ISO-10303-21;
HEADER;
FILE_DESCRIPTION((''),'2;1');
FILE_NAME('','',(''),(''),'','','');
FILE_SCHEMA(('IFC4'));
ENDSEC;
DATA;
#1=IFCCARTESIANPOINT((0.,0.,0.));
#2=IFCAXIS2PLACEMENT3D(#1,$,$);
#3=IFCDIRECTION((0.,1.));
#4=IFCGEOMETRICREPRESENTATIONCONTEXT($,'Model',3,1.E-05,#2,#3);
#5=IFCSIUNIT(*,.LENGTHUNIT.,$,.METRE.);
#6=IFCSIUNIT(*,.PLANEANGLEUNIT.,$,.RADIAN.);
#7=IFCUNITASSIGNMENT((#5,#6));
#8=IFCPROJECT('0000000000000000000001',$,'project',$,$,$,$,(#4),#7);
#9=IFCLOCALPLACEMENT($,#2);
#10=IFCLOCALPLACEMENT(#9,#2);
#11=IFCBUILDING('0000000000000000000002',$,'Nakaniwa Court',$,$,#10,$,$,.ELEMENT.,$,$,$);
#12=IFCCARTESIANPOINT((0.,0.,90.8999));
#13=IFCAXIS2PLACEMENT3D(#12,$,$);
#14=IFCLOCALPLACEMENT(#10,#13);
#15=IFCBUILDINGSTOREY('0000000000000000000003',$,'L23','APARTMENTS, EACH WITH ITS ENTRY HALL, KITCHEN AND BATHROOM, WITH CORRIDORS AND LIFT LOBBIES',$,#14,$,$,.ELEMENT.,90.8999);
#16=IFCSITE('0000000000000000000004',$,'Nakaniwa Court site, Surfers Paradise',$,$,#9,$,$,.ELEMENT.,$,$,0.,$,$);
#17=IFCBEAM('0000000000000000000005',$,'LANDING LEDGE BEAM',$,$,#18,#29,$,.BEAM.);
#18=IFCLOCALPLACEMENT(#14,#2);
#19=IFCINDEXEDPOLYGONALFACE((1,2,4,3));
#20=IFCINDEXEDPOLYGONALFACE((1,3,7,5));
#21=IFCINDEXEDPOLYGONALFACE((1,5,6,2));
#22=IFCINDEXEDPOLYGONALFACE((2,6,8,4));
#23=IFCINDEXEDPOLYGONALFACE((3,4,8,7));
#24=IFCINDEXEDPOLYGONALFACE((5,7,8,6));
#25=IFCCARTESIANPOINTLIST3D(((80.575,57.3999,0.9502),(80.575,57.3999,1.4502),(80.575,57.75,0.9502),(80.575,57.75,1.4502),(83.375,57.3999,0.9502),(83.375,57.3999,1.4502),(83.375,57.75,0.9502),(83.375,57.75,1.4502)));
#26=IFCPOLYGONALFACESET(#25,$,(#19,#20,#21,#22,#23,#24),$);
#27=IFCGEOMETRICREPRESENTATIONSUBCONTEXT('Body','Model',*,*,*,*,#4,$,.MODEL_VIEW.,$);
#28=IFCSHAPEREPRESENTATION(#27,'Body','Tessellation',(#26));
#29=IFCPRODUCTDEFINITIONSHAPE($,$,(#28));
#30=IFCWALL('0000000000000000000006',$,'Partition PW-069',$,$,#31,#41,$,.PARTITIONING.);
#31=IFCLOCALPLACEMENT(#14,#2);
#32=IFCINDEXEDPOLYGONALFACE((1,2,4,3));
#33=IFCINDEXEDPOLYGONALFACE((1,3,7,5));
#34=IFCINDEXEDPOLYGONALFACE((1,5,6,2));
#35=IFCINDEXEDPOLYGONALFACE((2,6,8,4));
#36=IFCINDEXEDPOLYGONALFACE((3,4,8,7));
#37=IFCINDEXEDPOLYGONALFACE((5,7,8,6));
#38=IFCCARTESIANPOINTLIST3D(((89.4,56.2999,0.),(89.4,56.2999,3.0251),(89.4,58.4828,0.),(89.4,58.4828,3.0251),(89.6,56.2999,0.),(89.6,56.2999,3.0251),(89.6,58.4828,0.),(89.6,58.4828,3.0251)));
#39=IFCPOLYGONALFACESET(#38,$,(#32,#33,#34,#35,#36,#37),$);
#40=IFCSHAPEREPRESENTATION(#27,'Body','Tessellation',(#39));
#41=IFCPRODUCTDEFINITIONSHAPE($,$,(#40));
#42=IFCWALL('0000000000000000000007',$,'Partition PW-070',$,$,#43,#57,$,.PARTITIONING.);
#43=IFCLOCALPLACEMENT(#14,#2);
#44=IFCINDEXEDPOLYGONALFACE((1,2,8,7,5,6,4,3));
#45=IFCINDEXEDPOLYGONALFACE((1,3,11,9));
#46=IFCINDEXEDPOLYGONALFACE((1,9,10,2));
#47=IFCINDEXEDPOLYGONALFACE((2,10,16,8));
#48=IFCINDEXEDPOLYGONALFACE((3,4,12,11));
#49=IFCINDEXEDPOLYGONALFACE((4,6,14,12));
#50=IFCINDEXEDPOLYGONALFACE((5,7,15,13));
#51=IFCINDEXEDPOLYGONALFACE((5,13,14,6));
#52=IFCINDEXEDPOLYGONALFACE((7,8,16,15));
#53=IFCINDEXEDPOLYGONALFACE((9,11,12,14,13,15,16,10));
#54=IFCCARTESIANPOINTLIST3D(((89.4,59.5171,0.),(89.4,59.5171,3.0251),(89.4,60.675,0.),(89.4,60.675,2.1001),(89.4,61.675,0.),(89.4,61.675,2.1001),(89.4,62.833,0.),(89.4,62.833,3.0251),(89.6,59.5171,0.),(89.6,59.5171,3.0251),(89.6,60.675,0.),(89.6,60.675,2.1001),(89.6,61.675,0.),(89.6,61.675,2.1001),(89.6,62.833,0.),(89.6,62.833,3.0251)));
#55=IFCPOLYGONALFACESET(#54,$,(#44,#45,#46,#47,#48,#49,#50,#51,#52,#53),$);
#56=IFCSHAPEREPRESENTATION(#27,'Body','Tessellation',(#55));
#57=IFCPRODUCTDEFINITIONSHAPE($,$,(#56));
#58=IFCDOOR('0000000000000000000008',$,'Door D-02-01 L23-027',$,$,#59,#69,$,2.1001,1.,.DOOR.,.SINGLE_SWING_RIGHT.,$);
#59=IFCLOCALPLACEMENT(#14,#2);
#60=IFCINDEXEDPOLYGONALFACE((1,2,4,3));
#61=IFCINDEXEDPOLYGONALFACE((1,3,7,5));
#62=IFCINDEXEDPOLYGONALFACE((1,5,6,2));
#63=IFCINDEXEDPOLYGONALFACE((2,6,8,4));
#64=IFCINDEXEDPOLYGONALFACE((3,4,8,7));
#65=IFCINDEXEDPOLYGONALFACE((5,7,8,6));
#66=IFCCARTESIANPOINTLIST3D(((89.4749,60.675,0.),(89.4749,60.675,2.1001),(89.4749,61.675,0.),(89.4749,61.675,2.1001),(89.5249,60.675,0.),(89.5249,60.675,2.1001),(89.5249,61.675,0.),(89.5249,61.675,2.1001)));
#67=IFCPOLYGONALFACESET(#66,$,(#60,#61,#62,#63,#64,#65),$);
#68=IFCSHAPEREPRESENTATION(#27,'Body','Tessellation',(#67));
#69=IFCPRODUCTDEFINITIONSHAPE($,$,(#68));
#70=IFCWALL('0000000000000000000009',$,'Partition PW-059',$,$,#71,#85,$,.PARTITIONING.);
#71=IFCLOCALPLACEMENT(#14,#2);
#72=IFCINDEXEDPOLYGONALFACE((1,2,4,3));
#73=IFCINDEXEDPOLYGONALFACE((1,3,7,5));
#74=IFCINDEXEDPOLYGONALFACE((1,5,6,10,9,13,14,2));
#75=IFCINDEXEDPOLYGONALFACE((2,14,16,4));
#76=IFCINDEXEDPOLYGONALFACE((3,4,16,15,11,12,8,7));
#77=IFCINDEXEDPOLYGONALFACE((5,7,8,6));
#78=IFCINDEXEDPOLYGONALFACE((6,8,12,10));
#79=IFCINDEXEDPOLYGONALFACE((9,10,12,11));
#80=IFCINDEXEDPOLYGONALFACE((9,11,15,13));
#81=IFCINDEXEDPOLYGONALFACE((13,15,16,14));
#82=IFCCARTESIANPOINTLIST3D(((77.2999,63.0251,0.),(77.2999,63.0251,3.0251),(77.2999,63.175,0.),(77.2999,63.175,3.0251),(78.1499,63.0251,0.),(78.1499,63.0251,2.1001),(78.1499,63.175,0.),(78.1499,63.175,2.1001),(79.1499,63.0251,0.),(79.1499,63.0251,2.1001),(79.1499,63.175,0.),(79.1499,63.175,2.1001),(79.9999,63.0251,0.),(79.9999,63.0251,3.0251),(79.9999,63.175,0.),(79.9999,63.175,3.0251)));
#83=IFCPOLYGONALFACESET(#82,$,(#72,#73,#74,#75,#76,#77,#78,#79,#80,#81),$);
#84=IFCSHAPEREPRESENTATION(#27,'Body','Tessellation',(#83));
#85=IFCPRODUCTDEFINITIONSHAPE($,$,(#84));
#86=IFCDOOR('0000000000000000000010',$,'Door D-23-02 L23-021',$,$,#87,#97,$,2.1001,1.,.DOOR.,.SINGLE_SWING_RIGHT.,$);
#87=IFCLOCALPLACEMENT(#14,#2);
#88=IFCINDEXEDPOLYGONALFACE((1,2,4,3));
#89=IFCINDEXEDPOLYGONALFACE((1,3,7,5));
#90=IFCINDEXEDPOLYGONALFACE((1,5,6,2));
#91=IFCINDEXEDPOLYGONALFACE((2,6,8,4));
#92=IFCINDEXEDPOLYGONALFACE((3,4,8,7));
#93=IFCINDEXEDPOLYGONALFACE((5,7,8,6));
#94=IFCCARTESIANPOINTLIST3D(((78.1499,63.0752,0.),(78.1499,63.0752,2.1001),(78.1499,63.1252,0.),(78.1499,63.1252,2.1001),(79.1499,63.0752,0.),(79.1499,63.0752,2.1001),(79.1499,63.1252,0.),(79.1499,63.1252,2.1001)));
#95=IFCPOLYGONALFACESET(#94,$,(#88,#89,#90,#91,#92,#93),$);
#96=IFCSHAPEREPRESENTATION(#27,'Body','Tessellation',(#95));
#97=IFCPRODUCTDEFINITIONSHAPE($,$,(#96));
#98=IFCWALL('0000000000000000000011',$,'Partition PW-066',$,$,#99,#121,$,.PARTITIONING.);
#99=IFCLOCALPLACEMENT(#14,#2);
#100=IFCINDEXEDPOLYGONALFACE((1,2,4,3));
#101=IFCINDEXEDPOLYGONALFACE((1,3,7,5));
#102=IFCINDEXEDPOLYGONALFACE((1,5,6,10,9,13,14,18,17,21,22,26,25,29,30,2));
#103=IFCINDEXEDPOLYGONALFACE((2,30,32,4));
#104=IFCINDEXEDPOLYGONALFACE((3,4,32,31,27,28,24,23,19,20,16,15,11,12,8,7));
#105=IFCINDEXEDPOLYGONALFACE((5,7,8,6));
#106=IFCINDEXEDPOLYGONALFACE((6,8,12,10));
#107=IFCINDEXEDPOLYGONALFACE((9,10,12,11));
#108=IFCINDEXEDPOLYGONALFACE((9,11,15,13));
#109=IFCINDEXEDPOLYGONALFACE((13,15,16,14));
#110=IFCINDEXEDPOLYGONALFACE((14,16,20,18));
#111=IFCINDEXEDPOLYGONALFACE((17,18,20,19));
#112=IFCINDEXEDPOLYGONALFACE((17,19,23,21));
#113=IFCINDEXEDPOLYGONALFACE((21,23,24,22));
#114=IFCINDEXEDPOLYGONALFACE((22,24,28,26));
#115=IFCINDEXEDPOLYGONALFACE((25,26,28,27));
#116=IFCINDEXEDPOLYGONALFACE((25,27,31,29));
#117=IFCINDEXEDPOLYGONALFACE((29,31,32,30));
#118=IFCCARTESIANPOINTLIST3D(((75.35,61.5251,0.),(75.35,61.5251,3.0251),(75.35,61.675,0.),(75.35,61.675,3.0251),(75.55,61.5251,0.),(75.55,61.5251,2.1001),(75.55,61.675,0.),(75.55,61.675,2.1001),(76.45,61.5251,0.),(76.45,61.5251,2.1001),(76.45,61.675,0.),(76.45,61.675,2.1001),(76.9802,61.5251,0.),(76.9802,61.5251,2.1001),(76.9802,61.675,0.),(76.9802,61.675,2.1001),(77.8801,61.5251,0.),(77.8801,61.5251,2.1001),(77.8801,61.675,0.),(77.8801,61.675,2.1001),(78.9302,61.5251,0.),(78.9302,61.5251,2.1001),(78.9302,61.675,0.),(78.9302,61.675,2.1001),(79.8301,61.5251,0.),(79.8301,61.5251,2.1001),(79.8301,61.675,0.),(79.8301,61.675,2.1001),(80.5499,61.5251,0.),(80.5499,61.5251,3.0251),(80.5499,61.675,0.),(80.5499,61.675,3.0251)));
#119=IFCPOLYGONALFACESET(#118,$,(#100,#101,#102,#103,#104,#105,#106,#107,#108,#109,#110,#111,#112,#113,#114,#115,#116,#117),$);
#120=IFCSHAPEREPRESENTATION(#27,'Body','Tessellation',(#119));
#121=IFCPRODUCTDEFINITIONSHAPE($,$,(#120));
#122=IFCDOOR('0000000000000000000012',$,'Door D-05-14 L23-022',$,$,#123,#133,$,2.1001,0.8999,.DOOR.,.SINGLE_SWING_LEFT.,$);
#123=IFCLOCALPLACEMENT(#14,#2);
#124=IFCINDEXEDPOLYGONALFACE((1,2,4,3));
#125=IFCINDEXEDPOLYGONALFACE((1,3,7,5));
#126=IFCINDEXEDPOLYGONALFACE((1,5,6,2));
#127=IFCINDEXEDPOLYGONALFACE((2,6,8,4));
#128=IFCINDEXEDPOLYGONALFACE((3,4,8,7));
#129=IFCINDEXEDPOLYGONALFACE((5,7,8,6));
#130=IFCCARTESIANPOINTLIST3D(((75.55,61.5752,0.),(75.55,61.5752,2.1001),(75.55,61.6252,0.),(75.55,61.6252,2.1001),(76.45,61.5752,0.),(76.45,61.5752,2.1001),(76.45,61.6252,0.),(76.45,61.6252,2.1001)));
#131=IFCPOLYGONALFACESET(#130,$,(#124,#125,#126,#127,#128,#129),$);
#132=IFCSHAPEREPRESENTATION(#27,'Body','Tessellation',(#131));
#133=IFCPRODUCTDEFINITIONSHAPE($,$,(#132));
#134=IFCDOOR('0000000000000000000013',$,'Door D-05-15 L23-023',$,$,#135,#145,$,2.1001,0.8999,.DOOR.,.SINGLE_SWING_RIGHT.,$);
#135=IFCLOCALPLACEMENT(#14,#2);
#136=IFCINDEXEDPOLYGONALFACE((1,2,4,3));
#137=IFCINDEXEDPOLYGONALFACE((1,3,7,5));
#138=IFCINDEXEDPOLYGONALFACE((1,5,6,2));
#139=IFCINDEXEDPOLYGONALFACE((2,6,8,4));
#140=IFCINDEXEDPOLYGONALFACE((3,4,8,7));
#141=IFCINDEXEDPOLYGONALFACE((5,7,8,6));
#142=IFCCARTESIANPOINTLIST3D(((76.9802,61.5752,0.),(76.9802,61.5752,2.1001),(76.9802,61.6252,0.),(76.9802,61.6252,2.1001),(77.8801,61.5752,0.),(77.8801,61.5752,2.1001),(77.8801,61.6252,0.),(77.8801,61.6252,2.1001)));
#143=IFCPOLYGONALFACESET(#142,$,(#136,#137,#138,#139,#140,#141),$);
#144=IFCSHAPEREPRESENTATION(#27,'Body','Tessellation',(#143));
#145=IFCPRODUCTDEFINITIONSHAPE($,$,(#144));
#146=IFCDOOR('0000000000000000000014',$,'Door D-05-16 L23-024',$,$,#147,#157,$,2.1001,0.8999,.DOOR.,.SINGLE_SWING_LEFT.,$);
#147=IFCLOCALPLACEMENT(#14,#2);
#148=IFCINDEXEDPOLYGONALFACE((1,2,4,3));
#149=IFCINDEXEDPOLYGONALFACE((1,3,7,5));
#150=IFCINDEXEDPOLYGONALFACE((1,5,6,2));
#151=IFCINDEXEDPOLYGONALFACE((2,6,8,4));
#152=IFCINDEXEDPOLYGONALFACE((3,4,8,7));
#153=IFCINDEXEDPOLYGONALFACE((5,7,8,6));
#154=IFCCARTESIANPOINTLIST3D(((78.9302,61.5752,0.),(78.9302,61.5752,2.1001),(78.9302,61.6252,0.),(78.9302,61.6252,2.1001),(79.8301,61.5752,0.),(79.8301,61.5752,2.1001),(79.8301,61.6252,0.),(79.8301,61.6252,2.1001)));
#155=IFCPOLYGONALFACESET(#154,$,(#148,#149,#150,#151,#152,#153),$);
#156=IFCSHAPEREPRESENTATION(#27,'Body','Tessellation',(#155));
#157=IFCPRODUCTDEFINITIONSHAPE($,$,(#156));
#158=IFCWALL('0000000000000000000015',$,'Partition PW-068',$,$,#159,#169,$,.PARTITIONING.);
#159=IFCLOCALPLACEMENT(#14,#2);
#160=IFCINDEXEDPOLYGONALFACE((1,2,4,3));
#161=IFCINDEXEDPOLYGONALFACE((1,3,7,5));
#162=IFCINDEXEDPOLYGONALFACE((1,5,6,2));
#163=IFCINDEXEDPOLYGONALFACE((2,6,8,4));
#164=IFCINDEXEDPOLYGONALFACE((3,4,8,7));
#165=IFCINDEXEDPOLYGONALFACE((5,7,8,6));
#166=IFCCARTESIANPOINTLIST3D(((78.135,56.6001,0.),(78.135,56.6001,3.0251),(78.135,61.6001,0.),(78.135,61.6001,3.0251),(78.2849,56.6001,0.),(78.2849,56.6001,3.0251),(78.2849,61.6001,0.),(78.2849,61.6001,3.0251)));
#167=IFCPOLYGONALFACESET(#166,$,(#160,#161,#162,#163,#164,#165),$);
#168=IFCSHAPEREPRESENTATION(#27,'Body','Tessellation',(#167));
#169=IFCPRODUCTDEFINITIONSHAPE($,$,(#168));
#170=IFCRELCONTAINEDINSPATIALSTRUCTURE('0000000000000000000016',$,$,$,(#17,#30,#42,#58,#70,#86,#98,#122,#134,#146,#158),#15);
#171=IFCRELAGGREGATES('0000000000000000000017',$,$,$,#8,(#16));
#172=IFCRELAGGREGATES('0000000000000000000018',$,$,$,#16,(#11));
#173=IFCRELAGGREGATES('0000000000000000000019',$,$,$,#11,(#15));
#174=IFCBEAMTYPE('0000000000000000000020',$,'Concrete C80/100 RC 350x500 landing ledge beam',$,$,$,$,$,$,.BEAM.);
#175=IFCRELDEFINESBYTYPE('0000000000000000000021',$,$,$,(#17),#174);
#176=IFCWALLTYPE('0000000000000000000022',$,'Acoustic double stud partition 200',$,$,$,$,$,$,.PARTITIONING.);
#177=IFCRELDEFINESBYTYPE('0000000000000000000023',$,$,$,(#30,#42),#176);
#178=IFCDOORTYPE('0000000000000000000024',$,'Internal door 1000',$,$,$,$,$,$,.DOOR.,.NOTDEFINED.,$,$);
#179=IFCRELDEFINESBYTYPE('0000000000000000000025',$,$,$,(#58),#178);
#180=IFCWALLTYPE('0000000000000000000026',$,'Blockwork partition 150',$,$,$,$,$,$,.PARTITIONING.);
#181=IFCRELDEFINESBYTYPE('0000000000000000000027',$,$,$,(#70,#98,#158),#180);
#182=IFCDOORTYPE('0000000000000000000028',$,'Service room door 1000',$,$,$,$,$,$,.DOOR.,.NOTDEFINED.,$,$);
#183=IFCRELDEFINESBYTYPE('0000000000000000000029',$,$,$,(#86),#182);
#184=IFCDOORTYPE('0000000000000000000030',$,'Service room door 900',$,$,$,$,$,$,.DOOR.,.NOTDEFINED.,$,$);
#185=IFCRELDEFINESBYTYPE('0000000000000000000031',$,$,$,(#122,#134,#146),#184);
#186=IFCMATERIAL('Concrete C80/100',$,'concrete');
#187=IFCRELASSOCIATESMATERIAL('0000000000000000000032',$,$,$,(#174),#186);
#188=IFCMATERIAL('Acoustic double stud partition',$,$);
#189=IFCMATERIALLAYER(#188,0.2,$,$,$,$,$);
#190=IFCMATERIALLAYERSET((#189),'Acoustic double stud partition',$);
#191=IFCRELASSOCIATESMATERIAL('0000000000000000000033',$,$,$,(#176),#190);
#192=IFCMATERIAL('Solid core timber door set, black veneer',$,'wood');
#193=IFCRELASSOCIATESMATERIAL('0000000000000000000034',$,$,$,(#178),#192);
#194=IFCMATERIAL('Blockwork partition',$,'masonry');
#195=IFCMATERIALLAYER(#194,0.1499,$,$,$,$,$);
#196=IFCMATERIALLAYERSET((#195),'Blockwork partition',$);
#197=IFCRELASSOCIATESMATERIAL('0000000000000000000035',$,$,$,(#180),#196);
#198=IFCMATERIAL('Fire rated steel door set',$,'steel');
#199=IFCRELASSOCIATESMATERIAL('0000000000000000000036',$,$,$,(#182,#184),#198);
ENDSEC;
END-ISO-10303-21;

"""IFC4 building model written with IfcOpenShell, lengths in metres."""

from ifc_helpers import new_model, si_unit, direction, frame, frame_2d, origin, origin_2d, place, context, subcontext, project, spatial, rectangle, extrude, material, layer, layer_set, material_profile, profile_set, type_object, element, fill, save


model = new_model("IFC4")

# Units and contexts
model_context = context("Model", 3, precision=1e-05, world=origin(), true_north=direction((0.0, 1.0)))
body_context = subcontext(model_context, "Body", "Model", "MODEL_VIEW")
ifc_project = project(units=[si_unit("LENGTHUNIT", "METRE"), si_unit("PLANEANGLEUNIT", "RADIAN")], contexts=[model_context])

# Site, building, storey
site_placement = place(None, origin())
site = spatial("IfcSite", under=ifc_project, at=site_placement, Name="Nakaniwa Court site, Surfers Paradise", CompositionType="ELEMENT", RefElevation=0.0)
building_placement = place(site_placement, origin())
building = spatial("IfcBuilding", under=site, at=building_placement, Name="Nakaniwa Court", CompositionType="ELEMENT")
storey_placement = place(building_placement, frame((0.0, 0.0, 90.8999)))
storey = spatial("IfcBuildingStorey", under=building, at=storey_placement, Name="L23", Description="APARTMENTS, EACH WITH ITS ENTRY HALL, KITCHEN AND BATHROOM, WITH CORRIDORS AND LIFT LOBBIES", CompositionType="ELEMENT", Elevation=90.8999)

# Beam
ifc_material_1 = material(Name="Concrete C80/100", Category="concrete")
ifc_material_profile = material_profile(ifc_material_1, rectangle(XDim=0.3501, YDim=0.5, at=origin_2d()), Name="Concrete C80/100 RC 350x500 landing ledge beam")
ifc_profile_set = profile_set([ifc_material_profile], Name="Concrete C80/100")
beam_type = type_object("IfcBeamType", Name="Concrete C80/100 RC 350x500 landing ledge beam", PredefinedType="BEAM", material=ifc_profile_set)
beam_placement = place(storey_placement, frame((80.575, 57.575, 1.2002), z_axis=(1.0, 0.0, 0.0), x_axis=(0.0, 1.0, 0.0)))
element("IfcBeam", 1, at=beam_placement, inside=storey, type_object=beam_type, Name="LANDING LEDGE BEAM", PredefinedType="BEAM", context=body_context, shape_type="SweptSolid", body=[
    extrude(rectangle(XDim=0.3501, YDim=0.5, at=origin_2d()), origin(), (0.0, 0.0, 1.0), 2.8),
])

# Wall
ifc_material_2 = material(Name="Acoustic double stud partition")
ifc_layer_1 = layer(ifc_material_2, 0.2)
ifc_layer_set_1 = layer_set([ifc_layer_1], Name="Acoustic double stud partition")
wall_type_1 = type_object("IfcWallType", Name="Acoustic double stud partition 200", PredefinedType="PARTITIONING", material=ifc_layer_set_1)
wall_1_placement = place(storey_placement, frame((89.5, 56.3, 0.0), z_axis=(0.0, 0.0, 1.0), x_axis=(0.0, 1.0, 0.0)))
element("IfcWall", 2, at=wall_1_placement, inside=storey, type_object=wall_type_1, Name="Partition PW-069", PredefinedType="PARTITIONING", context=body_context, shape_type="SweptSolid", body=[
    extrude(rectangle(XDim=2.1829, YDim=0.2, at=frame_2d((1.0913, 0.0))), origin(), (0.0, 0.0, 1.0), 3.0251),
])

# Walls, openings, doors
wall_2_placement = place(storey_placement, frame((89.5, 62.833, 0.0), z_axis=(0.0, 0.0, 1.0), x_axis=(0.0, -1.0, 0.0)))
wall_2 = element("IfcWall", 3, at=wall_2_placement, inside=storey, type_object=wall_type_1, Name="Partition PW-070", PredefinedType="PARTITIONING", context=body_context, shape_type="SweptSolid", body=[
    extrude(rectangle(XDim=3.3159, YDim=0.2, at=frame_2d((1.658, 0.0))), origin(), (0.0, 0.0, 1.0), 3.0251),
])
opening_1_placement = place(wall_2_placement, frame((1.158, 0.0, 0.0)))
opening_1 = element("IfcOpeningElement", 4, at=opening_1_placement, cuts=wall_2, PredefinedType="OPENING", context=body_context, shape_type="SweptSolid", body=[
    extrude(rectangle(XDim=1.0, YDim=2.1001, at=frame_2d((0.5, 1.05))), frame((0.0, 0.1099, 0.0), z_axis=(0.0, -1.0, 0.0), x_axis=(1.0, 0.0, 0.0)), (0.0, 0.0, 1.0), 0.22),
])
ifc_material_3 = material(Name="Solid core timber door set, black veneer", Category="wood")
door_type_1 = type_object("IfcDoorType", Name="Internal door 1000", OperationType="NOTDEFINED", PredefinedType="DOOR", material=ifc_material_3)
door_1_placement = place(opening_1_placement, origin())
door_1 = element("IfcDoor", 5, at=door_1_placement, inside=storey, type_object=door_type_1, Name="Door D-02-01 L23-027", OperationType="SINGLE_SWING_RIGHT", OverallHeight=2.1001, OverallWidth=1.0, PredefinedType="DOOR", context=body_context, shape_type="SweptSolid", body=[
    extrude(rectangle(XDim=1.0, YDim=2.1001, at=frame_2d((0.5, 1.05))), frame((0.0, 0.0249, 0.0), z_axis=(0.0, -1.0, 0.0), x_axis=(1.0, 0.0, 0.0)), (0.0, 0.0, 1.0), 0.05),
])
fill(opening_1, door_1)
ifc_material_4 = material(Name="Blockwork partition", Category="masonry")
ifc_layer_2 = layer(ifc_material_4, 0.1499)
ifc_layer_set_2 = layer_set([ifc_layer_2], Name="Blockwork partition")
wall_type_2 = type_object("IfcWallType", Name="Blockwork partition 150", PredefinedType="PARTITIONING", material=ifc_layer_set_2)
wall_3_placement = place(storey_placement, frame((80.0, 63.1001, 0.0), z_axis=(0.0, 0.0, 1.0), x_axis=(-1.0, 0.0, 0.0)))
wall_3 = element("IfcWall", 6, at=wall_3_placement, inside=storey, type_object=wall_type_2, Name="Partition PW-059", PredefinedType="PARTITIONING", context=body_context, shape_type="SweptSolid", body=[
    extrude(rectangle(XDim=2.7, YDim=0.1499, at=frame_2d((1.3501, 0.0))), origin(), (0.0, 0.0, 1.0), 3.0251),
])
opening_2_placement = place(wall_3_placement, frame((0.8501, 0.0, 0.0)))
opening_2 = element("IfcOpeningElement", 7, at=opening_2_placement, cuts=wall_3, PredefinedType="OPENING", context=body_context, shape_type="SweptSolid", body=[
    extrude(rectangle(XDim=1.0, YDim=2.1001, at=frame_2d((0.5, 1.05))), frame((0.0, 0.085, 0.0), z_axis=(0.0, -1.0, 0.0), x_axis=(1.0, 0.0, 0.0)), (0.0, 0.0, 1.0), 0.1699),
])
ifc_material_5 = material(Name="Fire rated steel door set", Category="steel")
door_type_2 = type_object("IfcDoorType", Name="Service room door 1000", OperationType="NOTDEFINED", PredefinedType="DOOR", material=ifc_material_5)
door_2_placement = place(opening_2_placement, origin())
door_2 = element("IfcDoor", 8, at=door_2_placement, inside=storey, type_object=door_type_2, Name="Door D-23-02 L23-021", OperationType="SINGLE_SWING_RIGHT", OverallHeight=2.1001, OverallWidth=1.0, PredefinedType="DOOR", context=body_context, shape_type="SweptSolid", body=[
    extrude(rectangle(XDim=1.0, YDim=2.1001, at=frame_2d((0.5, 1.05))), frame((0.0, 0.0249, 0.0), z_axis=(0.0, -1.0, 0.0), x_axis=(1.0, 0.0, 0.0)), (0.0, 0.0, 1.0), 0.05),
])
fill(opening_2, door_2)

# Wall, openings, doors
wall_4_placement = place(storey_placement, frame((80.55, 61.6001, 0.0), z_axis=(0.0, 0.0, 1.0), x_axis=(-1.0, 0.0, 0.0)))
wall_4 = element("IfcWall", 9, at=wall_4_placement, inside=storey, type_object=wall_type_2, Name="Partition PW-066", PredefinedType="PARTITIONING", context=body_context, shape_type="SweptSolid", body=[
    extrude(rectangle(XDim=5.2, YDim=0.1499, at=frame_2d((2.6001, 0.0))), origin(), (0.0, 0.0, 1.0), 3.0251),
])
opening_3_placement = place(wall_4_placement, frame((4.1001, 0.0, 0.0)))
opening_3 = element("IfcOpeningElement", 10, at=opening_3_placement, cuts=wall_4, PredefinedType="OPENING", context=body_context, shape_type="SweptSolid", body=[
    extrude(rectangle(XDim=0.8999, YDim=2.1001, at=frame_2d((0.45, 1.05))), frame((0.0, 0.085, 0.0), z_axis=(0.0, -1.0, 0.0), x_axis=(1.0, 0.0, 0.0)), (0.0, 0.0, 1.0), 0.1699),
])
opening_4_placement = place(wall_4_placement, frame((2.6699, 0.0, 0.0)))
opening_4 = element("IfcOpeningElement", 11, at=opening_4_placement, cuts=wall_4, PredefinedType="OPENING", context=body_context, shape_type="SweptSolid", body=[
    extrude(rectangle(XDim=0.8999, YDim=2.1001, at=frame_2d((0.45, 1.05))), frame((0.0, 0.085, 0.0), z_axis=(0.0, -1.0, 0.0), x_axis=(1.0, 0.0, 0.0)), (0.0, 0.0, 1.0), 0.1699),
])
opening_5_placement = place(wall_4_placement, frame((0.72, 0.0, 0.0)))
opening_5 = element("IfcOpeningElement", 12, at=opening_5_placement, cuts=wall_4, PredefinedType="OPENING", context=body_context, shape_type="SweptSolid", body=[
    extrude(rectangle(XDim=0.8999, YDim=2.1001, at=frame_2d((0.45, 1.05))), frame((0.0, 0.085, 0.0), z_axis=(0.0, -1.0, 0.0), x_axis=(1.0, 0.0, 0.0)), (0.0, 0.0, 1.0), 0.1699),
])
door_type_3 = type_object("IfcDoorType", Name="Service room door 900", OperationType="NOTDEFINED", PredefinedType="DOOR", material=ifc_material_5)
door_3_placement = place(opening_3_placement, origin())
door_3 = element("IfcDoor", 13, at=door_3_placement, inside=storey, type_object=door_type_3, Name="Door D-05-14 L23-022", OperationType="SINGLE_SWING_LEFT", OverallHeight=2.1001, OverallWidth=0.8999, PredefinedType="DOOR", context=body_context, shape_type="SweptSolid", body=[
    extrude(rectangle(XDim=0.8999, YDim=2.1001, at=frame_2d((0.45, 1.05))), frame((0.0, 0.0249, 0.0), z_axis=(0.0, -1.0, 0.0), x_axis=(1.0, 0.0, 0.0)), (0.0, 0.0, 1.0), 0.05),
])
fill(opening_3, door_3)
door_4_placement = place(opening_4_placement, origin())
door_4 = element("IfcDoor", 14, at=door_4_placement, inside=storey, type_object=door_type_3, Name="Door D-05-15 L23-023", OperationType="SINGLE_SWING_RIGHT", OverallHeight=2.1001, OverallWidth=0.8999, PredefinedType="DOOR", context=body_context, shape_type="SweptSolid", body=[
    extrude(rectangle(XDim=0.8999, YDim=2.1001, at=frame_2d((0.45, 1.05))), frame((0.0, 0.0249, 0.0), z_axis=(0.0, -1.0, 0.0), x_axis=(1.0, 0.0, 0.0)), (0.0, 0.0, 1.0), 0.05),
])
fill(opening_4, door_4)
door_5_placement = place(opening_5_placement, origin())
door_5 = element("IfcDoor", 15, at=door_5_placement, inside=storey, type_object=door_type_3, Name="Door D-05-16 L23-024", OperationType="SINGLE_SWING_LEFT", OverallHeight=2.1001, OverallWidth=0.8999, PredefinedType="DOOR", context=body_context, shape_type="SweptSolid", body=[
    extrude(rectangle(XDim=0.8999, YDim=2.1001, at=frame_2d((0.45, 1.05))), frame((0.0, 0.0249, 0.0), z_axis=(0.0, -1.0, 0.0), x_axis=(1.0, 0.0, 0.0)), (0.0, 0.0, 1.0), 0.05),
])
fill(opening_5, door_5)

# Wall
wall_5_placement = place(storey_placement, frame((78.21, 56.6001, 0.0), z_axis=(0.0, 0.0, 1.0), x_axis=(0.0, 1.0, 0.0)))
element("IfcWall", 16, at=wall_5_placement, inside=storey, type_object=wall_type_2, Name="Partition PW-068", PredefinedType="PARTITIONING", context=body_context, shape_type="SweptSolid", body=[
    extrude(rectangle(XDim=5.0, YDim=0.1499, at=frame_2d((2.5, 0.0))), origin(), (0.0, 0.0, 1.0), 3.0251),
])

save(model, "model.ifc")
